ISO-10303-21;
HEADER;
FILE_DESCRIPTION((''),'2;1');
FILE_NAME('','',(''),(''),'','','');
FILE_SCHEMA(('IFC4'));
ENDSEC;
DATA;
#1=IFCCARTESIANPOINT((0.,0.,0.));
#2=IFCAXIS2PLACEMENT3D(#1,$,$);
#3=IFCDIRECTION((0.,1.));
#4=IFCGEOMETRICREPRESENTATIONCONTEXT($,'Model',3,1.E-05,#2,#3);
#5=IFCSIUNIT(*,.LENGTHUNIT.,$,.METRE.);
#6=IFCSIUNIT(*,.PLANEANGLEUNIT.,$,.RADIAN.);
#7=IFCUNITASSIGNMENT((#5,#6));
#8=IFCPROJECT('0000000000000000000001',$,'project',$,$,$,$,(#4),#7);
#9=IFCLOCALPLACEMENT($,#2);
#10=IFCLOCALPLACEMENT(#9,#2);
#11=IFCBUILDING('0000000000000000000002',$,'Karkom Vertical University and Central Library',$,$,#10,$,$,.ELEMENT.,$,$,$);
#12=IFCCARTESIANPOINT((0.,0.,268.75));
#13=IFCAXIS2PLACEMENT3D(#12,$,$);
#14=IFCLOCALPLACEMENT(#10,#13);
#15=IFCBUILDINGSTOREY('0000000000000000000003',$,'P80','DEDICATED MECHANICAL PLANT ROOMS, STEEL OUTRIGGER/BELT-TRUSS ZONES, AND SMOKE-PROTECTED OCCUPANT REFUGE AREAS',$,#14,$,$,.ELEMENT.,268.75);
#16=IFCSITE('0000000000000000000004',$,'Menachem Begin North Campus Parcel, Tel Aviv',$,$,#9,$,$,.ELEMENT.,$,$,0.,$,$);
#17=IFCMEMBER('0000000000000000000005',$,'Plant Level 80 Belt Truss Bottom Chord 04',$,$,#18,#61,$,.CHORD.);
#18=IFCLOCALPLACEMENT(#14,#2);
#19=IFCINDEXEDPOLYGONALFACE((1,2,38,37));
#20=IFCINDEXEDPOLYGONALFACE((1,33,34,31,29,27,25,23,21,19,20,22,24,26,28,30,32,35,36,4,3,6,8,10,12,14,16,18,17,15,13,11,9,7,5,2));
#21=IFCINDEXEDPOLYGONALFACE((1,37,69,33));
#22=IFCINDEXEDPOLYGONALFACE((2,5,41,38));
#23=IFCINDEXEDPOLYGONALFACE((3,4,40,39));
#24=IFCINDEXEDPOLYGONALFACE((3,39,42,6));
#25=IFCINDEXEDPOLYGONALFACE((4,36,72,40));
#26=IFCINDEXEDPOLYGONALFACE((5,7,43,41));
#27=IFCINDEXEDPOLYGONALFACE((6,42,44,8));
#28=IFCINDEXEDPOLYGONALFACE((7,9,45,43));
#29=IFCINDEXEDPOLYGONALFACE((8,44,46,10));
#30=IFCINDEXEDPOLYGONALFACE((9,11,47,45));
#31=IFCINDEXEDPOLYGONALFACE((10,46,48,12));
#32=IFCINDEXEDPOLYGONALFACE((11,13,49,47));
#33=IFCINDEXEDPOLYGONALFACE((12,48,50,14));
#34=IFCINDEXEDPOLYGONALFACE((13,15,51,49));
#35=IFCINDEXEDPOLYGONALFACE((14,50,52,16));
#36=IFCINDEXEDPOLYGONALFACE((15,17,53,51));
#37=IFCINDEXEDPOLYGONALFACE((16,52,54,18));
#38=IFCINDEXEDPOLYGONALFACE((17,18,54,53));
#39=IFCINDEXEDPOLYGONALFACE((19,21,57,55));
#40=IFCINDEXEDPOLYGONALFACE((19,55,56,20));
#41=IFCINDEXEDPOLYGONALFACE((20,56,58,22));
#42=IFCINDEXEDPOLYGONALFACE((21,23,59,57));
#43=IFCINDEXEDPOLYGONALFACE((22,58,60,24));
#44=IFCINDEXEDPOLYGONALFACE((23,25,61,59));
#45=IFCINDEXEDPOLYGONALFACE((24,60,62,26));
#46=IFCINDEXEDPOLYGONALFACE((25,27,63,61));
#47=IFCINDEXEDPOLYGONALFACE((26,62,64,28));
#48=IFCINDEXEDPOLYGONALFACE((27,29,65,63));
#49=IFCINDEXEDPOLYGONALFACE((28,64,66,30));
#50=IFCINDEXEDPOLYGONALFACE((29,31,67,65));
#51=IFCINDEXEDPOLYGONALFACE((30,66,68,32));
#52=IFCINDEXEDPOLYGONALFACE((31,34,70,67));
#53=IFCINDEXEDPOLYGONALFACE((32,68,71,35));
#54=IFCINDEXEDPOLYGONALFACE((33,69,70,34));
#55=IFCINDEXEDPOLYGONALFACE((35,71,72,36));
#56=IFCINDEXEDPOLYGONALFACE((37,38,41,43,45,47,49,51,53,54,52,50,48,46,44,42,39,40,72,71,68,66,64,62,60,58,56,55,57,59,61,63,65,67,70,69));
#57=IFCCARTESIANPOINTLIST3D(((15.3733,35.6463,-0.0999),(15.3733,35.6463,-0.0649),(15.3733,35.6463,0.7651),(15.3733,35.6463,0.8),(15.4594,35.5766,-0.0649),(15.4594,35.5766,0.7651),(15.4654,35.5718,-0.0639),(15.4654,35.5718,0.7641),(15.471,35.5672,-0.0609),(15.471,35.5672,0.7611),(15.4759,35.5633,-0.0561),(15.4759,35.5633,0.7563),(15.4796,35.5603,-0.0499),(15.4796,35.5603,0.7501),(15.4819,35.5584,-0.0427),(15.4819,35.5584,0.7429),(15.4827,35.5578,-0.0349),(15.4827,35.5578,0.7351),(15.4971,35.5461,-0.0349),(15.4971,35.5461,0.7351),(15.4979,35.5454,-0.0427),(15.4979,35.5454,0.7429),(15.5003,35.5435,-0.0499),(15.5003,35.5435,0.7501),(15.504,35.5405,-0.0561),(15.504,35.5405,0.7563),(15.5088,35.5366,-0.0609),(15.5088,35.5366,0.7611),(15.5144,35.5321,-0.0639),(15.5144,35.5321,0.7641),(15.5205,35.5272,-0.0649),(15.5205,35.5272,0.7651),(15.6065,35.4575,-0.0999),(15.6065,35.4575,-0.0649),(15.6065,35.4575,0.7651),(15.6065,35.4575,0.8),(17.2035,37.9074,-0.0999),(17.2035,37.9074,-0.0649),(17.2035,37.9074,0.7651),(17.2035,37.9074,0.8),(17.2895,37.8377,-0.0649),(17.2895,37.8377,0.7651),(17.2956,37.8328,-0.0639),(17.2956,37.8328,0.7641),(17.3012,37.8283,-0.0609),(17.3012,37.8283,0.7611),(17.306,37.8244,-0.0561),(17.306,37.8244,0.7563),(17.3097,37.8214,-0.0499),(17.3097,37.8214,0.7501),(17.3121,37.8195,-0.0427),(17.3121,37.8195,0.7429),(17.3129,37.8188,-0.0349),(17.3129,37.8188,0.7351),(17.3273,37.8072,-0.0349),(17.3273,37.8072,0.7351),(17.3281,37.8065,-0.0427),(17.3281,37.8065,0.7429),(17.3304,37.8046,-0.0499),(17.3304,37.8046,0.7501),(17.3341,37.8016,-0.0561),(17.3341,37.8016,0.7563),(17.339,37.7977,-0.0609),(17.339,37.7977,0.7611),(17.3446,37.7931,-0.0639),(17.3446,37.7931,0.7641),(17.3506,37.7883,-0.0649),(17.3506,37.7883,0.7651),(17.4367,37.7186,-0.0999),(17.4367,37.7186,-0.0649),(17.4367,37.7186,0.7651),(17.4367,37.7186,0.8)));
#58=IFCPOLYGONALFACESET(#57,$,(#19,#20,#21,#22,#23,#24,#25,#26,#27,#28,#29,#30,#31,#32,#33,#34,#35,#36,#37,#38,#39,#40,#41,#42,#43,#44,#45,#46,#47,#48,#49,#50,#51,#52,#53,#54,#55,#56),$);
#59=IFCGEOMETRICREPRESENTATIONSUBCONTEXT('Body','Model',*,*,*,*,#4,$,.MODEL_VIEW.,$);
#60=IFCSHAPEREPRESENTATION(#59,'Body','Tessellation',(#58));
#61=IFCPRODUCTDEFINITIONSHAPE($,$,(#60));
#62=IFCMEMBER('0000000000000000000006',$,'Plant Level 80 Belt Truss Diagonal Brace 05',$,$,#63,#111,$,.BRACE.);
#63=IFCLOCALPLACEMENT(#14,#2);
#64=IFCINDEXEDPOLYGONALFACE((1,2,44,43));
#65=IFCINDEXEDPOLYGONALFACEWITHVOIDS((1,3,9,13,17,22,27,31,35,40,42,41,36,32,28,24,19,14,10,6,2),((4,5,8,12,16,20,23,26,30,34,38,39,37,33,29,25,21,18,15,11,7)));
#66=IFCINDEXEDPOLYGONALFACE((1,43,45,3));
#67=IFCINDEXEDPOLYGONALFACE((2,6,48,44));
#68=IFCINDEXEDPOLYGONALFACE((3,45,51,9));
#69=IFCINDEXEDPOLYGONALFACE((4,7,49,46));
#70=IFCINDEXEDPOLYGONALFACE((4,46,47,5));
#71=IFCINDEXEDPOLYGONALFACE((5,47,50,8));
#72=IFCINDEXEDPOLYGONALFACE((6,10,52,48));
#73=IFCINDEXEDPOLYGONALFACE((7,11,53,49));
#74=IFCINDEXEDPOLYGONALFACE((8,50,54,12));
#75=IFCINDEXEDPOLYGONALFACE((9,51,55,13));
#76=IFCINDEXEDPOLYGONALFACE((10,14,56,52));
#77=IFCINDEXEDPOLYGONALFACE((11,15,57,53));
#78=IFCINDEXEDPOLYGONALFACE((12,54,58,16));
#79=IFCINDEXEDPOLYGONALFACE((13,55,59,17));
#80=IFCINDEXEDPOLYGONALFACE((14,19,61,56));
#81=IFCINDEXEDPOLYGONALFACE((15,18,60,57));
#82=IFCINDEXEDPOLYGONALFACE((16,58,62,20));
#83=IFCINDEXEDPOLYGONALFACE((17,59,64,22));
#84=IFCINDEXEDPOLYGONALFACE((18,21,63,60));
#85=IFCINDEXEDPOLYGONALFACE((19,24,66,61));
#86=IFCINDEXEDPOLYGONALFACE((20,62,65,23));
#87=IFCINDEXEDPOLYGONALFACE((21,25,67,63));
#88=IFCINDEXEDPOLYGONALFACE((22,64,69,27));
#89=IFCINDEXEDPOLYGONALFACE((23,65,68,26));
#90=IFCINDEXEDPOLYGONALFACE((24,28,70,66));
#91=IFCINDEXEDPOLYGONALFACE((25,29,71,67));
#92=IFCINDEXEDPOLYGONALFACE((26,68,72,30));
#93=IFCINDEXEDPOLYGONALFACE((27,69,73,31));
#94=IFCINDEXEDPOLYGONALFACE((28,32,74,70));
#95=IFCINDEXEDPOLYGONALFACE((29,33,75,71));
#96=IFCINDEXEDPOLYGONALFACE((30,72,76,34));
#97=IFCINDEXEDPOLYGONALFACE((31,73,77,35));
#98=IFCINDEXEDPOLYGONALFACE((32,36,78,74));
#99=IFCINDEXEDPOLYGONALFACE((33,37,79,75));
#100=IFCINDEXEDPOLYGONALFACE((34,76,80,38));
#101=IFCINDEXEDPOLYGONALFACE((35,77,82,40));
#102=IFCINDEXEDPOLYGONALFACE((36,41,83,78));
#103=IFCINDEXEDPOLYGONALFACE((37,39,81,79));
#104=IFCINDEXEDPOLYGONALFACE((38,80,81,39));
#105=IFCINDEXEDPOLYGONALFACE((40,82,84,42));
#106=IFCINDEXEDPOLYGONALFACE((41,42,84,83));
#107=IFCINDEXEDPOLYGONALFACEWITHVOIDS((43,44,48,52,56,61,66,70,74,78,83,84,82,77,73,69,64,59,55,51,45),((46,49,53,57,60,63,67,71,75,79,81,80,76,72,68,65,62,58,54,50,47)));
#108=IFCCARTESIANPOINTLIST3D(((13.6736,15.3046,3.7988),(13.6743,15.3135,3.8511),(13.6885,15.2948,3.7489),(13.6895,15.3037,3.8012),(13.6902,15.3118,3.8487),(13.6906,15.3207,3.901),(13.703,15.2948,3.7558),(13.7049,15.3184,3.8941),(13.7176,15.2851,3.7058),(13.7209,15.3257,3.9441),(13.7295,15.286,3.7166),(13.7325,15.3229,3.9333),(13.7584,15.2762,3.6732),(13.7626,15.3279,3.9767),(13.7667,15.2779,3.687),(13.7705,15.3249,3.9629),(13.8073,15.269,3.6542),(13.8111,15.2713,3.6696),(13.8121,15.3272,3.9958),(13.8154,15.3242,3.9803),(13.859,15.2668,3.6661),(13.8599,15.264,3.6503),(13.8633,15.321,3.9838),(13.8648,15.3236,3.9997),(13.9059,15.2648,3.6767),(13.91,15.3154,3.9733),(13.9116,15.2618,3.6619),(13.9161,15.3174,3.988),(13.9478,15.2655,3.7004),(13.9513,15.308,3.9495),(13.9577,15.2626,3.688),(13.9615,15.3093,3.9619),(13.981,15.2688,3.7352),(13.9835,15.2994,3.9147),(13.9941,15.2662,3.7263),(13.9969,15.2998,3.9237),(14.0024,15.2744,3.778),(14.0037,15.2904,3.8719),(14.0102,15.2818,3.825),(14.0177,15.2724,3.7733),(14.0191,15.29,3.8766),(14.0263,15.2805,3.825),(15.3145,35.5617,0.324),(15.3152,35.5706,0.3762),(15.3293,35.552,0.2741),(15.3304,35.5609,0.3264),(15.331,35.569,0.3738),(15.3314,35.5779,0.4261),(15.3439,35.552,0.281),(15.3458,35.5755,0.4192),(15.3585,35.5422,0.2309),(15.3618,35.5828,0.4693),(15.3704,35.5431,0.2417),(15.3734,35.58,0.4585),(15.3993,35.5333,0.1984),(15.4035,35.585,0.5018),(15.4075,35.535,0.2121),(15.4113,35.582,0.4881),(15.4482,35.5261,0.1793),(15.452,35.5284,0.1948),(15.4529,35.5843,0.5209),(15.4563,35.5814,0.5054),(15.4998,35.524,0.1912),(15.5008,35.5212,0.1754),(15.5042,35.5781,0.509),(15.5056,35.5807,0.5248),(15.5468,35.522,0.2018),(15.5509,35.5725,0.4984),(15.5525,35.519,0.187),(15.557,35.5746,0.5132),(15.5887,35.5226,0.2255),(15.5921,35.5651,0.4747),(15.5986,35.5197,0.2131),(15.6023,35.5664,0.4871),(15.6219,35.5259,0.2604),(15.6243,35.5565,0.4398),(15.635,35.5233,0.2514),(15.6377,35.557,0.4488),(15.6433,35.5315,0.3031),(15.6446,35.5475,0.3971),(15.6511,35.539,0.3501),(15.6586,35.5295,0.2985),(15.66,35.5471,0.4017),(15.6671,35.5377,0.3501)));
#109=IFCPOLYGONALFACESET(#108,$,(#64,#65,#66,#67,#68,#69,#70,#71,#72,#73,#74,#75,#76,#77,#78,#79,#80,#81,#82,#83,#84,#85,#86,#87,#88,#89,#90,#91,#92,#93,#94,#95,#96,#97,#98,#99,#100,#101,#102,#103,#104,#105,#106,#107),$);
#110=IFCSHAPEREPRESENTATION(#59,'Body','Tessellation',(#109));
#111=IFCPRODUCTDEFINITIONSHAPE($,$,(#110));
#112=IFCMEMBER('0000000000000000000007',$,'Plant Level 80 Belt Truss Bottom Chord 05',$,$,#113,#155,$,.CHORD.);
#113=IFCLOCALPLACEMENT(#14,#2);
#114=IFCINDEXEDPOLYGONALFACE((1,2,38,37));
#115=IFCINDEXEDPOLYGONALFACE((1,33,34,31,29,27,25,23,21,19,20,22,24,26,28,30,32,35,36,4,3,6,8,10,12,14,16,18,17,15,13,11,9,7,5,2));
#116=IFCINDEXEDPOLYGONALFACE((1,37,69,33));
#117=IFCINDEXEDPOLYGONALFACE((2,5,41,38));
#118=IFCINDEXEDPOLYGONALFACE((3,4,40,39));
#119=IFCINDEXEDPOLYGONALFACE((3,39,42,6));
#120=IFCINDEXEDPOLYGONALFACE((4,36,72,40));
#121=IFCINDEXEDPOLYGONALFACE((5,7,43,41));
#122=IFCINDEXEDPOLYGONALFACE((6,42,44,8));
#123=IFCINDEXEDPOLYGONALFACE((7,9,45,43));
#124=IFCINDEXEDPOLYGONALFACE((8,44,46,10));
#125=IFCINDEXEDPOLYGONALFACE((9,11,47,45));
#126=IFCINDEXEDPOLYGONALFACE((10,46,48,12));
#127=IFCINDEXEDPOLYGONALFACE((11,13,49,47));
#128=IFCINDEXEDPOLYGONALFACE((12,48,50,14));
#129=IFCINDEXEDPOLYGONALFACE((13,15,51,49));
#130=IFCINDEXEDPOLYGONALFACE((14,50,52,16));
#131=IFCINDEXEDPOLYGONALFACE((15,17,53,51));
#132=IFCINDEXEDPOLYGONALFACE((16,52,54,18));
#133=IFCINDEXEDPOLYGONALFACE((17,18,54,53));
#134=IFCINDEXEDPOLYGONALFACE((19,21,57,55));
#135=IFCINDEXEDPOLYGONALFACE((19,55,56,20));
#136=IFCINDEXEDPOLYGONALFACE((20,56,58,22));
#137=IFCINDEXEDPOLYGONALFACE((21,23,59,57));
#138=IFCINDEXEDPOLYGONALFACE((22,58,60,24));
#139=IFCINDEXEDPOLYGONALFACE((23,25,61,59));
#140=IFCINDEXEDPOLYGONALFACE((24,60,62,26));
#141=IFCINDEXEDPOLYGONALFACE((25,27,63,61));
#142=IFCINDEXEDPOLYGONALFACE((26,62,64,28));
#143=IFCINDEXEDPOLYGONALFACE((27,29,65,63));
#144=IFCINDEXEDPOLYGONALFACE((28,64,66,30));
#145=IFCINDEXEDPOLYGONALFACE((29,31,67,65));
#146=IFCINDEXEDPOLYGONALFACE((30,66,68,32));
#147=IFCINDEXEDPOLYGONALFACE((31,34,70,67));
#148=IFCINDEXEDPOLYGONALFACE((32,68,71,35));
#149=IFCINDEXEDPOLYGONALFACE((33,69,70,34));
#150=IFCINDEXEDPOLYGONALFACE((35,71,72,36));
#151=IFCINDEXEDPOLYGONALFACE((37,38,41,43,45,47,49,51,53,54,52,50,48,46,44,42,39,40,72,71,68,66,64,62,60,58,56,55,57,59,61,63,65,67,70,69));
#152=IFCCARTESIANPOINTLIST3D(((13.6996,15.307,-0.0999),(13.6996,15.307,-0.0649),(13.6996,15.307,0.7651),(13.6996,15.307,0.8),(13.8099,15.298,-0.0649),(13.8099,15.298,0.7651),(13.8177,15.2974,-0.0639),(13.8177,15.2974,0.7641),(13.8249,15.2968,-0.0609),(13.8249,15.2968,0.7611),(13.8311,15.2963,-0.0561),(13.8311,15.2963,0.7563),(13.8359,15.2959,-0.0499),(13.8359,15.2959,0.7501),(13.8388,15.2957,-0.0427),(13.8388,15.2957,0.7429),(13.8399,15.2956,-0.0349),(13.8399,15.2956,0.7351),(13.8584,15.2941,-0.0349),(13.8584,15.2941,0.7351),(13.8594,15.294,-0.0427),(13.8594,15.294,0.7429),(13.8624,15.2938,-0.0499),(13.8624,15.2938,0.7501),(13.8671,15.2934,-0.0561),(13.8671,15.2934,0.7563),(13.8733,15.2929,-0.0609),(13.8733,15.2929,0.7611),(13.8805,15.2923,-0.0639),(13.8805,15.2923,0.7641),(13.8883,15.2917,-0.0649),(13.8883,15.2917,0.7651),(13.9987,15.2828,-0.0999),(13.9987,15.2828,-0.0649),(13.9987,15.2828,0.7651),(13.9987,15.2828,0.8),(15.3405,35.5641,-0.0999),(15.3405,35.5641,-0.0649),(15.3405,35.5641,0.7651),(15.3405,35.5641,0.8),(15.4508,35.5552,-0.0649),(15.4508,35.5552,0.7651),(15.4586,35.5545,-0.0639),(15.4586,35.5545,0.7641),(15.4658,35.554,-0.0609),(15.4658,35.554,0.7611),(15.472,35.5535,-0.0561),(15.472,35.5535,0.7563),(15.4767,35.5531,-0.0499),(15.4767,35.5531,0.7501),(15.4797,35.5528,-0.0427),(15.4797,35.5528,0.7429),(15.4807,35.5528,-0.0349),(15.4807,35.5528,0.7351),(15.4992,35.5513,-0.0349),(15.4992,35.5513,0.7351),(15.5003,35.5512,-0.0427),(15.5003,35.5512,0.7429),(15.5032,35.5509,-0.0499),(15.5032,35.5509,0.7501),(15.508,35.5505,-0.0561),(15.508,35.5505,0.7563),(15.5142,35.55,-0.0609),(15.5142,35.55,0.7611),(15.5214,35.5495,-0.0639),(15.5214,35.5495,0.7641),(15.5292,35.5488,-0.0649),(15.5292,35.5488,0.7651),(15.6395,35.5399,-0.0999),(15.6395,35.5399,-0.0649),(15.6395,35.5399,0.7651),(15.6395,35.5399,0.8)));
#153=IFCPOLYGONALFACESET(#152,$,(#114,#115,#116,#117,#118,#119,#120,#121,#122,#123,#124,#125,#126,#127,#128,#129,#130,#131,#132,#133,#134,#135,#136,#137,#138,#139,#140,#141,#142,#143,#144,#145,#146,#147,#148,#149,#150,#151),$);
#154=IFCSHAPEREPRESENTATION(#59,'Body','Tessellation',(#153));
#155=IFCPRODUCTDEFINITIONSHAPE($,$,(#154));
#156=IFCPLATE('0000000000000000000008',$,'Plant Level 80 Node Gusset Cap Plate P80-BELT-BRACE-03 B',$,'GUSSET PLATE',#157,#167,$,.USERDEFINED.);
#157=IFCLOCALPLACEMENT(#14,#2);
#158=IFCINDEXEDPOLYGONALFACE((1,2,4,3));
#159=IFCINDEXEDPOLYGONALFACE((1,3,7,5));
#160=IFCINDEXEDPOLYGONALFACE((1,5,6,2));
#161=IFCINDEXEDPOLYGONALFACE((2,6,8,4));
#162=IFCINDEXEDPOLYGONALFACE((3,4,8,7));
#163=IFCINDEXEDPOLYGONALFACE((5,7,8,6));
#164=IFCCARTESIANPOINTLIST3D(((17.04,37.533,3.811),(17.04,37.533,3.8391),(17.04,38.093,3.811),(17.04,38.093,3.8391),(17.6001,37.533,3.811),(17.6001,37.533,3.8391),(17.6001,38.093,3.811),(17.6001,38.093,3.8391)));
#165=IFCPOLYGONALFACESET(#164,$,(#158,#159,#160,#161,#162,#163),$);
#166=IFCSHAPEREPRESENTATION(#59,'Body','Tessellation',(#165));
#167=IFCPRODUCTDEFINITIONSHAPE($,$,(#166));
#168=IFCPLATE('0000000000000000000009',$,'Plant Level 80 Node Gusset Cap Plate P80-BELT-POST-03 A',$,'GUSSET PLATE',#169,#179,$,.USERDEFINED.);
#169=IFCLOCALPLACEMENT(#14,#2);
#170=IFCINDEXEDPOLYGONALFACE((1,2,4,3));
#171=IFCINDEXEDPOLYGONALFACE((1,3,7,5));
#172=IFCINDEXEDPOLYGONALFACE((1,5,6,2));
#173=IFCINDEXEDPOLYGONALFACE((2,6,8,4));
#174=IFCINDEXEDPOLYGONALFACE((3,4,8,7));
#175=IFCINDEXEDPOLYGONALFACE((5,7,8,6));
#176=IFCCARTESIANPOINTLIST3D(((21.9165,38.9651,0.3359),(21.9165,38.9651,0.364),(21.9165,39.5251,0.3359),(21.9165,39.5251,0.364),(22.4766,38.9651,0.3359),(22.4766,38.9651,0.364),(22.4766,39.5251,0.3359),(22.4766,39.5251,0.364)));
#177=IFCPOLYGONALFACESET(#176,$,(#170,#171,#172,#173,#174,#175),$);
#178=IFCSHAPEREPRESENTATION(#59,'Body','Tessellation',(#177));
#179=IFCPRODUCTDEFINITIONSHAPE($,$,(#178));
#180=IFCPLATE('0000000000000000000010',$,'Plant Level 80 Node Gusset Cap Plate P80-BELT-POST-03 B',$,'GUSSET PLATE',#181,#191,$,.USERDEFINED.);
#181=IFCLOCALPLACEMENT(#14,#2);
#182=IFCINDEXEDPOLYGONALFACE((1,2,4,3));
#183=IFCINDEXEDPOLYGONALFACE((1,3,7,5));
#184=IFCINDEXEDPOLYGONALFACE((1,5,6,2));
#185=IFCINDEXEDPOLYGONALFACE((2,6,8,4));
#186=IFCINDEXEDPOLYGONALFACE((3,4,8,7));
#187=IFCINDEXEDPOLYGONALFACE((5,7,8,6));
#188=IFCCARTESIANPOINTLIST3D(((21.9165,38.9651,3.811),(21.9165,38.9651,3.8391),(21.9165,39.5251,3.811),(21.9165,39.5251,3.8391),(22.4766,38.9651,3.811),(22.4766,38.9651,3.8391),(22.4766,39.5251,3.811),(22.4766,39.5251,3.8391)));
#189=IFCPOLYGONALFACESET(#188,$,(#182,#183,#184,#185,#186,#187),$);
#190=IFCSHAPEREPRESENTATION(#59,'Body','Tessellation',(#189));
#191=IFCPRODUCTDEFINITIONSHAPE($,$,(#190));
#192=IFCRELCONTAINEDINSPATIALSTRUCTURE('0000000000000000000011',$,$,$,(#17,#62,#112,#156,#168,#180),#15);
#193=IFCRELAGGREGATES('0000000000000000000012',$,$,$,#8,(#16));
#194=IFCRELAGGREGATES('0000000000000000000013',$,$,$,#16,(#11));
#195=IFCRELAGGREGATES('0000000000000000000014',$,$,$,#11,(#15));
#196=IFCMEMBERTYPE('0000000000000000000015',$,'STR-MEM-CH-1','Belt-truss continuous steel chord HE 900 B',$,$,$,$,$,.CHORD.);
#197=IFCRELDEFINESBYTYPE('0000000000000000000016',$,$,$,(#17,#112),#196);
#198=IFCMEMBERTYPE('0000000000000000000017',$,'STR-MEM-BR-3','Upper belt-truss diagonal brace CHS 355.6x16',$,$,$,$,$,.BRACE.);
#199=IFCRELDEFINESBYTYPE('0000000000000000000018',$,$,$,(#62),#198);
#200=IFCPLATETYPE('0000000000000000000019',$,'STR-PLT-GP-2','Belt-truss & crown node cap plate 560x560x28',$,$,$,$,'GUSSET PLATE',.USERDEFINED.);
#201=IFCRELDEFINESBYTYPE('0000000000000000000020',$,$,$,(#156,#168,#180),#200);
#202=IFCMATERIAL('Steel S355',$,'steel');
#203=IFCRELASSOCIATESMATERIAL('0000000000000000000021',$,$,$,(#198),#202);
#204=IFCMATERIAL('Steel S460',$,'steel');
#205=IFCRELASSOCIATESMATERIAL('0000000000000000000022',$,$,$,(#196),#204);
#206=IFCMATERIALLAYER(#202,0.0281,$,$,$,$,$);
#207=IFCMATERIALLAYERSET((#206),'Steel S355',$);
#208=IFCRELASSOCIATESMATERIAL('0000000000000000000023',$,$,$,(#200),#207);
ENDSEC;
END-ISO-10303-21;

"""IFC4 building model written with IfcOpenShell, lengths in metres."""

from ifc_helpers import new_model, si_unit, direction, frame, origin, origin_with_axes, origin_2d, place, context, subcontext, project, spatial, rectangle, hollow_circle, i_section, extrude, source, transform, mapped, material, layer, layer_set, material_profile, profile_set, type_object, element, save


model = new_model("IFC4")

# Units and contexts
model_context = context("Model", 3, precision=1e-05, world=origin(), true_north=direction((0.0, 1.0)))
body_context = subcontext(model_context, "Body", "Model", "MODEL_VIEW")
ifc_project = project(units=[si_unit("LENGTHUNIT", "METRE"), si_unit("PLANEANGLEUNIT", "RADIAN")], contexts=[model_context])

# Site, building, storey
site_placement = place(None, origin())
site = spatial("IfcSite", under=ifc_project, at=site_placement, Name="Menachem Begin North Campus Parcel, Tel Aviv", CompositionType="ELEMENT", RefElevation=0.0)
building_placement = place(site_placement, origin())
building = spatial("IfcBuilding", under=site, at=building_placement, Name="Karkom Vertical University and Central Library", CompositionType="ELEMENT")
storey_placement = place(building_placement, frame((0.0, 0.0, 268.75)))
storey = spatial("IfcBuildingStorey", under=building, at=storey_placement, Name="P80", Description="DEDICATED MECHANICAL PLANT ROOMS, STEEL OUTRIGGER/BELT-TRUSS ZONES, AND SMOKE-PROTECTED OCCUPANT REFUGE AREAS", CompositionType="ELEMENT", Elevation=268.75)

# Shared definitions
ifc_material_1 = material(Name="Steel S355", Category="steel")
ifc_material_2 = material(Name="Steel S460", Category="steel")

# Members
ifc_material_profile_1 = material_profile(ifc_material_1, hollow_circle(Radius=0.1777, WallThickness=0.0161, at=origin_2d()), Name="CHS 355.6x16")
ifc_profile_set_1 = profile_set([ifc_material_profile_1], Name="Steel S355")
member_type_1 = type_object("IfcMemberType", Name="STR-MEM-BR-3", Description="Upper belt-truss diagonal brace CHS 355.6x16", PredefinedType="BRACE", material=ifc_profile_set_1)
ifc_material_profile_2 = material_profile(ifc_material_2, i_section(OverallWidth=0.3, OverallDepth=0.8999, WebThickness=0.0186, FlangeThickness=0.0349, FilletRadius=0.03, at=origin_2d()), Name="HE 900 B")
ifc_profile_set_2 = profile_set([ifc_material_profile_2], Name="Steel S460")
member_type_2 = type_object("IfcMemberType", Name="STR-MEM-CH-1", Description="Belt-truss continuous steel chord HE 900 B", PredefinedType="CHORD", material=ifc_profile_set_2)
shared_shape_1 = source(origin_with_axes(), body_context, "Body", "SweptSolid", [
    extrude(i_section(OverallWidth=0.3, OverallDepth=0.8999, WebThickness=0.0186, FlangeThickness=0.0349, FilletRadius=0.03, at=origin_2d()), origin(), (0.0, 0.0, 1.0), 2.9089),
])
member_1_placement = place(storey_placement, frame((17.3201, 37.813, 0.3501), z_axis=(-0.629148, -0.777286, 0.0), x_axis=(0.777286, -0.629148, 0.0)))
element("IfcMember", 1, at=member_1_placement, inside=storey, type_object=member_type_2, Name="Plant Level 80 Belt Truss Bottom Chord 04", PredefinedType="CHORD", context=body_context, shape_type="MappedRepresentation", body=[
    mapped(shared_shape_1, transform((0.0, 0.0, 0.0), scale=1.0)),
])
shared_shape_2 = source(origin_with_axes(), body_context, "Body", "SweptSolid", [
    extrude(hollow_circle(Radius=0.1777, WallThickness=0.0161, at=origin_2d()), origin(), (0.0, 0.0, 1.0), 20.6184),
])
member_2_placement = place(storey_placement, frame((15.49, 35.552, 0.3501), z_axis=(-0.079583, -0.982478, 0.168532), x_axis=(0.996735, -0.080738, 0.0)))
element("IfcMember", 2, at=member_2_placement, inside=storey, type_object=member_type_1, Name="Plant Level 80 Belt Truss Diagonal Brace 05", PredefinedType="BRACE", context=body_context, shape_type="MappedRepresentation", body=[
    mapped(shared_shape_2, transform((0.0, 0.0, 0.0), scale=1.0)),
])
shared_shape_3 = source(origin_with_axes(), body_context, "Body", "SweptSolid", [
    extrude(i_section(OverallWidth=0.3, OverallDepth=0.8999, WebThickness=0.0186, FlangeThickness=0.0349, FilletRadius=0.03, at=origin_2d()), origin(), (0.0, 0.0, 1.0), 20.3235),
])
member_3_placement = place(storey_placement, frame((15.49, 35.552, 0.3501), z_axis=(-0.080738, -0.996735, 0.0), x_axis=(0.996735, -0.080738, 0.0)))
element("IfcMember", 3, at=member_3_placement, inside=storey, type_object=member_type_2, Name="Plant Level 80 Belt Truss Bottom Chord 05", PredefinedType="CHORD", context=body_context, shape_type="MappedRepresentation", body=[
    mapped(shared_shape_3, transform((0.0, 0.0, 0.0), scale=1.0)),
])

# Plates
ifc_layer_1 = layer(ifc_material_1, 0.0281)
ifc_layer_set_1 = layer_set([ifc_layer_1], Name="Steel S355")
plate_type_1 = type_object("IfcPlateType", Name="STR-PLT-GP-2", Description="Belt-truss & crown node cap plate 560x560x28", ElementType="GUSSET PLATE", PredefinedType="USERDEFINED", material=ifc_layer_set_1)
shared_shape_4 = source(origin_with_axes(), body_context, "Body", "SweptSolid", [
    extrude(rectangle(XDim=0.5601, YDim=0.5601, at=origin_2d()), origin(), (0.0, 0.0, 1.0), 0.0281),
])
for number, where, z_axis, x_axis, name in (
    (4, (17.3201, 37.813, 3.811), (0.0, 0.0, 1.0), (1.0, 0.0, 0.0), "Plant Level 80 Node Gusset Cap Plate P80-BELT-BRACE-03 B"),
    (5, (22.1965, 39.2451, 0.3359), (0.0, 0.0, 1.0), (1.0, 0.0, 0.0), "Plant Level 80 Node Gusset Cap Plate P80-BELT-POST-03 A"),
    (6, (22.1965, 39.2451, 3.811), (0.0, 0.0, 1.0), (1.0, 0.0, 0.0), "Plant Level 80 Node Gusset Cap Plate P80-BELT-POST-03 B"),
):
    element("IfcPlate", number, at=place(storey_placement, frame(where, z_axis=z_axis, x_axis=x_axis)), inside=storey, type_object=plate_type_1, Name=name, ObjectType="GUSSET PLATE", PredefinedType="USERDEFINED", context=body_context, shape_type="MappedRepresentation", body=[
        mapped(shared_shape_4, transform((0.0, 0.0, 0.0), scale=1.0)),
    ])

save(model, "model.ifc")
